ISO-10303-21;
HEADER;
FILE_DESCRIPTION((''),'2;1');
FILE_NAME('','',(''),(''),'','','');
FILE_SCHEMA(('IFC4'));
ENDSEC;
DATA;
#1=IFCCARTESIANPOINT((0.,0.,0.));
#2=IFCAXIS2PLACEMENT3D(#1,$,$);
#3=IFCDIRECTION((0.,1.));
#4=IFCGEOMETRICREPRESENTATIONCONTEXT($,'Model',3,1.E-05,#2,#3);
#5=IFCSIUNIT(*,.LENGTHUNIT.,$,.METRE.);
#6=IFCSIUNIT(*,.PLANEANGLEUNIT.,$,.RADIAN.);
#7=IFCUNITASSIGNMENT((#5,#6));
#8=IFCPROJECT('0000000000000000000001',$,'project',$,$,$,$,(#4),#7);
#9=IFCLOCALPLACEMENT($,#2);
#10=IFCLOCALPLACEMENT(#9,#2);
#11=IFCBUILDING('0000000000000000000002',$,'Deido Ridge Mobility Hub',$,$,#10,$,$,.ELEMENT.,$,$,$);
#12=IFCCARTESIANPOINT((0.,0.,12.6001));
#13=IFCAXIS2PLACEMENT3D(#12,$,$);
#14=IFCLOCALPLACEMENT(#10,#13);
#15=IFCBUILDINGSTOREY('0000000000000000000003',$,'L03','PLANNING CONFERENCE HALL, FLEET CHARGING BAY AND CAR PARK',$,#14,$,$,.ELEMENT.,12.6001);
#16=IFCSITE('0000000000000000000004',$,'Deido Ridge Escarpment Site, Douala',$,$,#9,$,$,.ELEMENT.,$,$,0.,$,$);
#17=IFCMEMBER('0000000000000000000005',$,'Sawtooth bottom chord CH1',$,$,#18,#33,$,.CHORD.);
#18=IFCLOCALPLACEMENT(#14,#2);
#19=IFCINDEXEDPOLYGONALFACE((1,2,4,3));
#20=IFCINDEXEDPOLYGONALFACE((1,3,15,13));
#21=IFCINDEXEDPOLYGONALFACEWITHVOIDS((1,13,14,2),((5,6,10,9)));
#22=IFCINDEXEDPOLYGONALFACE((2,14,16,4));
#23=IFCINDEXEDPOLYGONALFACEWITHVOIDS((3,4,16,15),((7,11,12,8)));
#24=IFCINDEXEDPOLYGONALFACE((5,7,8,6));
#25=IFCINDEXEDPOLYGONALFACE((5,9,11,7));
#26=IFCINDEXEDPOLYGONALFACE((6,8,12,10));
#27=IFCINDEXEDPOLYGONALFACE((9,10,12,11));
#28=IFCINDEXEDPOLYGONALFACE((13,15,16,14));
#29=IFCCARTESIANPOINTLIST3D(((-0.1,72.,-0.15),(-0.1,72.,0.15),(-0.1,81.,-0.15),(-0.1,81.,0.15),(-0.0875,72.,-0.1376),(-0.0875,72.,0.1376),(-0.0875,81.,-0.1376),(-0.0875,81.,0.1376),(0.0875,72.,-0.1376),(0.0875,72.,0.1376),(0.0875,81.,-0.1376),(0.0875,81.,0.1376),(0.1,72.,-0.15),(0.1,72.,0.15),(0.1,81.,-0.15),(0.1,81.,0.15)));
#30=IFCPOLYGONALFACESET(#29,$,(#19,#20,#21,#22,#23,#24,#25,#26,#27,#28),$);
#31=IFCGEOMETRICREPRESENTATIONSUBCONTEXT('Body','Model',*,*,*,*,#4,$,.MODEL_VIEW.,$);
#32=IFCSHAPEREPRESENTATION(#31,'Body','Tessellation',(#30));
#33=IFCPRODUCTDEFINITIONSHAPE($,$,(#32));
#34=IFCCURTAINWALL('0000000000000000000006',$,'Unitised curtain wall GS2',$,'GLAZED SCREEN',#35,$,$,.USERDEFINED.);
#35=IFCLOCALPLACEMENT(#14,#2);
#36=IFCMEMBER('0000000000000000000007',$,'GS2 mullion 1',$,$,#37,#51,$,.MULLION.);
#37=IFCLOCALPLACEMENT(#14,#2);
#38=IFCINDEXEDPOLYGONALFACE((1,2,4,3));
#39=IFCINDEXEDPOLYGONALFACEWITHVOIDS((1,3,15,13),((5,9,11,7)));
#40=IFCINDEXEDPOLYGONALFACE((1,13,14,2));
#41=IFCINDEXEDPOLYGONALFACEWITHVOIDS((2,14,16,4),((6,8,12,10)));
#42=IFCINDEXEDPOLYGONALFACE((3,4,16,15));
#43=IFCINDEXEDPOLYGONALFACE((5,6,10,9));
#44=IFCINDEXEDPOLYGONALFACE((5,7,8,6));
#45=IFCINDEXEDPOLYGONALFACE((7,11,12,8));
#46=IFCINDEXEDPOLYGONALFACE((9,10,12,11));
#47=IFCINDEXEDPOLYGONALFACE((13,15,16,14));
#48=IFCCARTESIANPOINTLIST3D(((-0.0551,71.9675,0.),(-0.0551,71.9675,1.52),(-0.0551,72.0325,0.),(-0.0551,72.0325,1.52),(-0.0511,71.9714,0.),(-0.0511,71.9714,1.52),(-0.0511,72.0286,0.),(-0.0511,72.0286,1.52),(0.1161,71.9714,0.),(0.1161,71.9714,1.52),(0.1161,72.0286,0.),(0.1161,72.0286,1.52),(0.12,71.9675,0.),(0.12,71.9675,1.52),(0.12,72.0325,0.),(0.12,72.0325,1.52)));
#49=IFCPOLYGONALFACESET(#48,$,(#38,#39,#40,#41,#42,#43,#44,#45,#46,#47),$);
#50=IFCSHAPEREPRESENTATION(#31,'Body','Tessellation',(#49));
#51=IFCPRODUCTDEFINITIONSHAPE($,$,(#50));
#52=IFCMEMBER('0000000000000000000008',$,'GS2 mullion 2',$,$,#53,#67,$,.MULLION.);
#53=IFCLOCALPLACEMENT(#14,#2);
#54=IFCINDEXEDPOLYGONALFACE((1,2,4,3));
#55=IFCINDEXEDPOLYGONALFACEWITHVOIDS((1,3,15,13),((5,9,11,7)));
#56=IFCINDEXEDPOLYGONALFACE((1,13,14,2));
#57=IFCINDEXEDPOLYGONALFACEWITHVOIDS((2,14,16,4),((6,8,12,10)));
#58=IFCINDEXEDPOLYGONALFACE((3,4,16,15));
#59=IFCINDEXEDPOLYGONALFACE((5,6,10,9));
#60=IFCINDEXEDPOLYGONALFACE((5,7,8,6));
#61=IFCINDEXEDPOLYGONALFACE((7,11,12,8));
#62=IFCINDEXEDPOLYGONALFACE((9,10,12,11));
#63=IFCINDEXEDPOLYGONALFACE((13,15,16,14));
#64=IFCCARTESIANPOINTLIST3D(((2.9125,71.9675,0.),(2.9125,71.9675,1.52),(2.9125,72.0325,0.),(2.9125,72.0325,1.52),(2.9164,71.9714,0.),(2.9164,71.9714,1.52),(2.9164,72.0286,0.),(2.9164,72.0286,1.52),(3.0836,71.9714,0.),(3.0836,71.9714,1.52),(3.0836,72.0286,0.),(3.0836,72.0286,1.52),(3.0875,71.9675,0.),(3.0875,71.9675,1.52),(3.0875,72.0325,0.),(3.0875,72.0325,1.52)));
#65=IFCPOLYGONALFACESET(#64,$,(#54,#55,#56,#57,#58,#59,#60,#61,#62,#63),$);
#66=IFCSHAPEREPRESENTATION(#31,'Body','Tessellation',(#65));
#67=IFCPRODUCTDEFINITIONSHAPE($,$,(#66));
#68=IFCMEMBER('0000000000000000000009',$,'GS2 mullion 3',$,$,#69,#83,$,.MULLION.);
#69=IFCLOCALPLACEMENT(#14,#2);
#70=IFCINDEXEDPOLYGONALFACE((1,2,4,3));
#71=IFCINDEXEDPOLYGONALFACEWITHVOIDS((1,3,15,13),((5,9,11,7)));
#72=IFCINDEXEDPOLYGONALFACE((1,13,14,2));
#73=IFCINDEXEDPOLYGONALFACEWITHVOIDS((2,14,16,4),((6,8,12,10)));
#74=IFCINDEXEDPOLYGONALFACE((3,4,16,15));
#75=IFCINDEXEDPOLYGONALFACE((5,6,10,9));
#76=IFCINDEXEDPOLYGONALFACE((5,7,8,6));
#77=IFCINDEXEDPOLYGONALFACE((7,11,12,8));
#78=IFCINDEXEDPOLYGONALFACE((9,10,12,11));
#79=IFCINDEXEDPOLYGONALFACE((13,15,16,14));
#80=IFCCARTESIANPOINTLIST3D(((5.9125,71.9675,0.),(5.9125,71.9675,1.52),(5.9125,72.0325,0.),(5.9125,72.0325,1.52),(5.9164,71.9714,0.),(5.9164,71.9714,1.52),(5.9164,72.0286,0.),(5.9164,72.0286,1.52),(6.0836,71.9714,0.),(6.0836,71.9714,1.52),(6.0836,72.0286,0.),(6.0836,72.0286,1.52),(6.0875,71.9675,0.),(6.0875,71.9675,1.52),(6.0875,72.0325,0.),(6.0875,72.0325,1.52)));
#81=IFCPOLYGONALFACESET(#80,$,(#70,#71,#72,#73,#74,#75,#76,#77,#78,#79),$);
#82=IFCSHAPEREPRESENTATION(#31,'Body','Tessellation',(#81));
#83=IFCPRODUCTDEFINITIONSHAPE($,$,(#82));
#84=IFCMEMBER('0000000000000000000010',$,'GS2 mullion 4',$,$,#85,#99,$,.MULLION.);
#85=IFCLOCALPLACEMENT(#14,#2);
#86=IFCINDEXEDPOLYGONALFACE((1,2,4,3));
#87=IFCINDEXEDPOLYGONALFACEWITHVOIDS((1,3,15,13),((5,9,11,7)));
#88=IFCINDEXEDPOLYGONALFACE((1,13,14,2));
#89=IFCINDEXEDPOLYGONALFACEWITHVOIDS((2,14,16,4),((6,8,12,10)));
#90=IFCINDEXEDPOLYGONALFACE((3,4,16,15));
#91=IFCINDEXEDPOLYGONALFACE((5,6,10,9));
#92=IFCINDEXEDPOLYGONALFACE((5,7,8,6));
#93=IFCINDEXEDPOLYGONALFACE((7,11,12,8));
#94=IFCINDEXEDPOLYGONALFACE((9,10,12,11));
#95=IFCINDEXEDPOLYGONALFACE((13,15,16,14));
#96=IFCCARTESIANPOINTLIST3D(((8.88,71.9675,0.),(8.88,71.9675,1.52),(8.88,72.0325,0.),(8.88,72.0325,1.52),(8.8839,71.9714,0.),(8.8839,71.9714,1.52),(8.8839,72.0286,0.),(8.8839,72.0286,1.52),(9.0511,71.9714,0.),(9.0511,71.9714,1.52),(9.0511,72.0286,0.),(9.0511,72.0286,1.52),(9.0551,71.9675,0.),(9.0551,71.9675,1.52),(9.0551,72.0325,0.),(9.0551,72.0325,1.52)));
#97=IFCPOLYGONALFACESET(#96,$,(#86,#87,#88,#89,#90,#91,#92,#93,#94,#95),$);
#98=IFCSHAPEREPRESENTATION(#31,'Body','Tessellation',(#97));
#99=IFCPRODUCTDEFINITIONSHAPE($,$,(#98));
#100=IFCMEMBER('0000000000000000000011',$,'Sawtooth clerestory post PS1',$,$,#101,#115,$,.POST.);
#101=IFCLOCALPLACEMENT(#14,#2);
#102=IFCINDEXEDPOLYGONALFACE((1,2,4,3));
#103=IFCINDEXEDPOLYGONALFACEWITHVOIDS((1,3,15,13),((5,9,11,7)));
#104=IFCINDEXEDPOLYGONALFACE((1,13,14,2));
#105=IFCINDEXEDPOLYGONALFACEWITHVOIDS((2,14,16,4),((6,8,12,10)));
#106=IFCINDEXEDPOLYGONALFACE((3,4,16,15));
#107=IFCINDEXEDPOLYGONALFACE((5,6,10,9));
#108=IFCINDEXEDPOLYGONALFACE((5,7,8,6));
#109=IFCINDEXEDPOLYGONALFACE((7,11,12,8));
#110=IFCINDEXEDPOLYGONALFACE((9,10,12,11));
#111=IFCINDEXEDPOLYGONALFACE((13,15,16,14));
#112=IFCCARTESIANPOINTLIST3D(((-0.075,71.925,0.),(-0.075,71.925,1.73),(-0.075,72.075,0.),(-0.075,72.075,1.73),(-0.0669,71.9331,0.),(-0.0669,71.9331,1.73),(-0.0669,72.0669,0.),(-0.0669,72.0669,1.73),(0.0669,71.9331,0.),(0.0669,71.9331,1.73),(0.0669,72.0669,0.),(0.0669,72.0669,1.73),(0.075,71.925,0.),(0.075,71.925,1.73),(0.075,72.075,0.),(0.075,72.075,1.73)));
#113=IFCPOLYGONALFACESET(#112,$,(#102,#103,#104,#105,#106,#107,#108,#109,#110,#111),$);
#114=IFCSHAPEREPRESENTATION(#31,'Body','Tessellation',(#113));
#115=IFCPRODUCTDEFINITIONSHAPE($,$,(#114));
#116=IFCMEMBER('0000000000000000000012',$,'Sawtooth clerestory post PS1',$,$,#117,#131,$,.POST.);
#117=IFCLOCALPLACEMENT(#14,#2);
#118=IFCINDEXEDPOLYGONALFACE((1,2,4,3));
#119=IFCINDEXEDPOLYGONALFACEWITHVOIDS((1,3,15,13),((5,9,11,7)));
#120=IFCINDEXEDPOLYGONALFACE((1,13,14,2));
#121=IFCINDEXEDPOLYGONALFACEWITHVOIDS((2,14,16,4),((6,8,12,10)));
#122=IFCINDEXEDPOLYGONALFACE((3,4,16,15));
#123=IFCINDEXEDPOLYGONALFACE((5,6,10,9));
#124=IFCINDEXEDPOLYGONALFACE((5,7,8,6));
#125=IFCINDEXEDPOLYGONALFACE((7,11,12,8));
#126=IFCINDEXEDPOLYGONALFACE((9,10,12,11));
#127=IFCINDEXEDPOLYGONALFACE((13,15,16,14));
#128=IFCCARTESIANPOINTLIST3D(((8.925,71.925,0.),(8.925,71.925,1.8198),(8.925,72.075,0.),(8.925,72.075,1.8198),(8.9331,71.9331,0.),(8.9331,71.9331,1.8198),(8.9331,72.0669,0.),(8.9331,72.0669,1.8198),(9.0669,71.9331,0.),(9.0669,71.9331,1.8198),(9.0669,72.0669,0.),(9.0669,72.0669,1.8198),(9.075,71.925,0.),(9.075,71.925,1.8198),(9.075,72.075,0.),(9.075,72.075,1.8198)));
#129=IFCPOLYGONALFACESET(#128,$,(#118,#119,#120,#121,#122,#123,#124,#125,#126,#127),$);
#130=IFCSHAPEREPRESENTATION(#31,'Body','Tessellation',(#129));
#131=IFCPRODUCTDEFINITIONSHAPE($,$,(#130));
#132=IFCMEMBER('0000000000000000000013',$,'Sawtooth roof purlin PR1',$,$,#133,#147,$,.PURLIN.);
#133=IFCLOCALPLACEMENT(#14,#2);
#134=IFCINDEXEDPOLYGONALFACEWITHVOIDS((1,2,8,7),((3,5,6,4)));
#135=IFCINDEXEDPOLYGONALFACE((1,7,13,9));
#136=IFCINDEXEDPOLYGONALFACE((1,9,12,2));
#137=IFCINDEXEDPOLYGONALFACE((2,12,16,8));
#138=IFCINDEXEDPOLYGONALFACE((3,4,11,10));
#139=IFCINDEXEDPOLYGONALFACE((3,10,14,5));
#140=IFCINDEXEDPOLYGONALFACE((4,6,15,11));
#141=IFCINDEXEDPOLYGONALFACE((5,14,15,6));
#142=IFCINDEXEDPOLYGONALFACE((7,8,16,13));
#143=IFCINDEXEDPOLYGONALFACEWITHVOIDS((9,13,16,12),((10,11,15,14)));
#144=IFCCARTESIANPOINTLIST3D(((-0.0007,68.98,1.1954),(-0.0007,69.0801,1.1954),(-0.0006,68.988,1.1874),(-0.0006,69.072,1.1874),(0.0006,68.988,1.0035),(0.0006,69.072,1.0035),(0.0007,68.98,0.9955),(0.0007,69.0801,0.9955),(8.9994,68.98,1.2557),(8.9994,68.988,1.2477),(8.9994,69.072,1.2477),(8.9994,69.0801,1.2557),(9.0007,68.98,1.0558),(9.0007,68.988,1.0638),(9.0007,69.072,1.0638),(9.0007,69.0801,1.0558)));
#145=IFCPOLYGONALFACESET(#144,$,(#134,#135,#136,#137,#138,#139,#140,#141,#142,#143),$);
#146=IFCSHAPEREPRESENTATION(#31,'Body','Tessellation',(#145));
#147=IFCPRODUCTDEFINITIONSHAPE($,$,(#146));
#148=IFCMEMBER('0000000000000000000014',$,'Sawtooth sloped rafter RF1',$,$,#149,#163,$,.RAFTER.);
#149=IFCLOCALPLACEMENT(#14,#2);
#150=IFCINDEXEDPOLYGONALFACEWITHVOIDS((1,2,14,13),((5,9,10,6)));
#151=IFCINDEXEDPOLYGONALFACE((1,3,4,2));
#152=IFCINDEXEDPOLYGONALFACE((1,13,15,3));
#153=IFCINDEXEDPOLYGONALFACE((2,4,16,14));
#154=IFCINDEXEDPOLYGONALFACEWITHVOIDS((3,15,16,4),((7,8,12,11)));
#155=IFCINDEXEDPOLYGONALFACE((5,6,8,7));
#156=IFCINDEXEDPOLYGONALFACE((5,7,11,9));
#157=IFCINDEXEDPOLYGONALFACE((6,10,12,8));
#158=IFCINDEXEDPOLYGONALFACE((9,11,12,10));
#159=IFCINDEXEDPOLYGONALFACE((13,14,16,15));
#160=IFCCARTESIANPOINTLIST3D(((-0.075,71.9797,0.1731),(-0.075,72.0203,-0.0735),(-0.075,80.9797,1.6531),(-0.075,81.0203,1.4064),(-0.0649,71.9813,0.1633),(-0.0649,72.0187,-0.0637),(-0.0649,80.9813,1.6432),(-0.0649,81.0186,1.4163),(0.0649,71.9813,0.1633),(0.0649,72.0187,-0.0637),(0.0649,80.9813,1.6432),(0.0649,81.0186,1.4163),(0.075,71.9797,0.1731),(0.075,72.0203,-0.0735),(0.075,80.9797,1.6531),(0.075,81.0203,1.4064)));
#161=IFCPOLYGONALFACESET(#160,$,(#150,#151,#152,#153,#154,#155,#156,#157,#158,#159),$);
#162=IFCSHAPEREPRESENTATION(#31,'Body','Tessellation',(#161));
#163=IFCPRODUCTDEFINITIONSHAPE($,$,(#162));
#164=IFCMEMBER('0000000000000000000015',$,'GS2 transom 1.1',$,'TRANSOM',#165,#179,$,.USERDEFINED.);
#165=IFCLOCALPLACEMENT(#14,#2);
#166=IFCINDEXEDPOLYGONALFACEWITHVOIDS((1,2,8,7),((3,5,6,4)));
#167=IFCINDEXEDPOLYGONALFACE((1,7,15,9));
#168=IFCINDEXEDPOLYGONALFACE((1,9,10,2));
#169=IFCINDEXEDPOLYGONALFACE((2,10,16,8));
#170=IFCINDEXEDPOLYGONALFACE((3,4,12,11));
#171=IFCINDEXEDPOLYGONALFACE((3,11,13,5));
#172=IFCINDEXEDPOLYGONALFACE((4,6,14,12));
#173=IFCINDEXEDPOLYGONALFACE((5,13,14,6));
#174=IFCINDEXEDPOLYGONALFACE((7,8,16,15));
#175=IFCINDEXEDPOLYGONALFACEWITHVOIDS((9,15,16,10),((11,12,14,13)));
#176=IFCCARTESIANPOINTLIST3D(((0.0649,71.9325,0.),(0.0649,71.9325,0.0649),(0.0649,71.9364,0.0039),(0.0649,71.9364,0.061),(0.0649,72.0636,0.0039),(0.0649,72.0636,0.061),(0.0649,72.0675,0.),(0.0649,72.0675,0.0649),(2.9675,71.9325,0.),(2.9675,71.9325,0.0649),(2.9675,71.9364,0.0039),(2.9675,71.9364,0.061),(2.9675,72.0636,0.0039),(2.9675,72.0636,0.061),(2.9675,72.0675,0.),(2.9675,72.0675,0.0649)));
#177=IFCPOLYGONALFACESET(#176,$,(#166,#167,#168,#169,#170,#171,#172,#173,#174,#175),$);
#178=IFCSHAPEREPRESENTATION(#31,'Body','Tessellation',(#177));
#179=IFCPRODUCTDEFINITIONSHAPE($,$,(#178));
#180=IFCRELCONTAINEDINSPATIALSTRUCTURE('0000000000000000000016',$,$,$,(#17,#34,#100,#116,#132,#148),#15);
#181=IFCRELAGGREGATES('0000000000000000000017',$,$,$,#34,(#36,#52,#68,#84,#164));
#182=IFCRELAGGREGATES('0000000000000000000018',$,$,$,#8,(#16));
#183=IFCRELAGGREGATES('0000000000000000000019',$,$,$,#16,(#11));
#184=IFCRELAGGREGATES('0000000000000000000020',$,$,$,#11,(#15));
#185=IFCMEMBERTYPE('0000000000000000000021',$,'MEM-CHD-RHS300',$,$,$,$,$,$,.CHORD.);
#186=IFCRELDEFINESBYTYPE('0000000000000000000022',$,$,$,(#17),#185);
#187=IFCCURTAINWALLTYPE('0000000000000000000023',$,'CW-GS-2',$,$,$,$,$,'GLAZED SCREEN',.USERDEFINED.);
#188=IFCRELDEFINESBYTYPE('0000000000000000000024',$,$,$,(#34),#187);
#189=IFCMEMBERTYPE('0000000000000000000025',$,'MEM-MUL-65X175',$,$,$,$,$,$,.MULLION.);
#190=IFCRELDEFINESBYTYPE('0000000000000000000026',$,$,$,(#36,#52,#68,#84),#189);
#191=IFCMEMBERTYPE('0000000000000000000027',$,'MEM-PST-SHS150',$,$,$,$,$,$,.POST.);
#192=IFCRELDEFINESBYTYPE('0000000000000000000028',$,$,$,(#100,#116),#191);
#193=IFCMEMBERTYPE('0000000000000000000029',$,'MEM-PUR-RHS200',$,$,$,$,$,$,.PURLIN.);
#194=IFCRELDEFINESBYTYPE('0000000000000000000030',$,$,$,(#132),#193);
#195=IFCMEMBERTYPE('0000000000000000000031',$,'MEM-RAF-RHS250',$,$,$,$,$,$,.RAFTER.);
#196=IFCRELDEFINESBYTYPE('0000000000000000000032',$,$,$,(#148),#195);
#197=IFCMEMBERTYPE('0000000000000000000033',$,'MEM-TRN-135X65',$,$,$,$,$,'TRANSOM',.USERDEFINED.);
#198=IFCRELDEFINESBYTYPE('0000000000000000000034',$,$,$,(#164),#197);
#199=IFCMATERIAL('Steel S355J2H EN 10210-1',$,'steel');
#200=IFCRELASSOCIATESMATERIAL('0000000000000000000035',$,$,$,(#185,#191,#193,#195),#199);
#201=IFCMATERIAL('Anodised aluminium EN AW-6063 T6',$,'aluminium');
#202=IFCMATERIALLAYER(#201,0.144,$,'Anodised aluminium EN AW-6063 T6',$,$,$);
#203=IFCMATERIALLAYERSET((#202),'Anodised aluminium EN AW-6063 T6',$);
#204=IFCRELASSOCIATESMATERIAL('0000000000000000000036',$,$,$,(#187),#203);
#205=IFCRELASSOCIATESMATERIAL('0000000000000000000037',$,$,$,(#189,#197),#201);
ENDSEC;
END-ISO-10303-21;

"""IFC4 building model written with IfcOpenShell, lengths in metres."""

from ifc_helpers import new_model, si_unit, direction, frame, origin, origin_2d, place, context, subcontext, project, spatial, hollow_rectangle, extrude, material, layer, layer_set, material_profile, profile_set, type_object, element, aggregate, save


model = new_model("IFC4")

# Units and contexts
model_context = context("Model", 3, precision=1e-05, world=origin(), true_north=direction((0.0, 1.0)))
body_context = subcontext(model_context, "Body", "Model", "MODEL_VIEW")
ifc_project = project(units=[si_unit("LENGTHUNIT", "METRE"), si_unit("PLANEANGLEUNIT", "RADIAN")], contexts=[model_context])

# Site, building, storey
site_placement = place(None, origin())
site = spatial("IfcSite", under=ifc_project, at=site_placement, Name="Deido Ridge Escarpment Site, Douala", CompositionType="ELEMENT", RefElevation=0.0)
building_placement = place(site_placement, origin())
building = spatial("IfcBuilding", under=site, at=building_placement, Name="Deido Ridge Mobility Hub", CompositionType="ELEMENT")
storey_placement = place(building_placement, frame((0.0, 0.0, 12.6001)))
storey = spatial("IfcBuildingStorey", under=building, at=storey_placement, Name="L03", Description="PLANNING CONFERENCE HALL, FLEET CHARGING BAY AND CAR PARK", CompositionType="ELEMENT", Elevation=12.6001)

# Member
ifc_material_1 = material(Name="Steel S355J2H EN 10210-1", Category="steel")
ifc_material_profile_1 = material_profile(ifc_material_1, hollow_rectangle(XDim=0.2, YDim=0.3, WallThickness=0.0125, at=origin_2d()), Name="RHS 300x200x12.5")
ifc_profile_set_1 = profile_set([ifc_material_profile_1], Name="Steel S355J2H EN 10210-1")
member_type_1 = type_object("IfcMemberType", Name="MEM-CHD-RHS300", PredefinedType="CHORD", material=ifc_profile_set_1)
member_1_placement = place(storey_placement, frame((0.0, 72.0, 0.0), z_axis=(0.0, 1.0, 0.0), x_axis=(-1.0, 0.0, 0.0)))
element("IfcMember", 1, at=member_1_placement, inside=storey, type_object=member_type_1, Name="Sawtooth bottom chord CH1", PredefinedType="CHORD", context=body_context, shape_type="SweptSolid", body=[
    extrude(hollow_rectangle(XDim=0.2, YDim=0.3, WallThickness=0.0125, at=origin_2d()), origin(), (0.0, 0.0, 1.0), 9.0),
])

# Curtain wall, members
ifc_material_2 = material(Name="Anodised aluminium EN AW-6063 T6", Category="aluminium")
ifc_layer_1 = layer(ifc_material_2, 0.144, Name="Anodised aluminium EN AW-6063 T6")
ifc_layer_set_1 = layer_set([ifc_layer_1], Name="Anodised aluminium EN AW-6063 T6")
curtain_wall_type = type_object("IfcCurtainWallType", Name="CW-GS-2", ElementType="GLAZED SCREEN", PredefinedType="USERDEFINED", material=ifc_layer_set_1)
curtain_wall_placement = place(storey_placement, origin())
curtain_wall = element("IfcCurtainWall", 2, at=curtain_wall_placement, inside=storey, type_object=curtain_wall_type, Name="Unitised curtain wall GS2", ObjectType="GLAZED SCREEN", PredefinedType="USERDEFINED")
ifc_material_profile_2 = material_profile(ifc_material_2, hollow_rectangle(XDim=0.0649, YDim=0.175, WallThickness=0.0039, at=origin_2d()), Name="RHS 65x175x4")
ifc_profile_set_2 = profile_set([ifc_material_profile_2], Name="Anodised aluminium EN AW-6063 T6")
member_type_2 = type_object("IfcMemberType", Name="MEM-MUL-65X175", PredefinedType="MULLION", material=ifc_profile_set_2)
member_2_placement = place(storey_placement, frame((0.0325, 72.0, 0.0), z_axis=(0.0, 0.0, 1.0), x_axis=(0.0, 1.0, 0.0)))
member_2 = element("IfcMember", 3, at=member_2_placement, type_object=member_type_2, Name="GS2 mullion 1", PredefinedType="MULLION", context=body_context, shape_type="SweptSolid", body=[
    extrude(hollow_rectangle(XDim=0.0649, YDim=0.175, WallThickness=0.0039, at=origin_2d()), origin(), (0.0, 0.0, 1.0), 1.52),
])
member_3_placement = place(storey_placement, frame((3.0, 72.0, 0.0), z_axis=(0.0, 0.0, 1.0), x_axis=(0.0, 1.0, 0.0)))
member_3 = element("IfcMember", 4, at=member_3_placement, type_object=member_type_2, Name="GS2 mullion 2", PredefinedType="MULLION", context=body_context, shape_type="SweptSolid", body=[
    extrude(hollow_rectangle(XDim=0.0649, YDim=0.175, WallThickness=0.0039, at=origin_2d()), origin(), (0.0, 0.0, 1.0), 1.52),
])
member_4_placement = place(storey_placement, frame((6.0, 72.0, 0.0), z_axis=(0.0, 0.0, 1.0), x_axis=(0.0, 1.0, 0.0)))
member_4 = element("IfcMember", 5, at=member_4_placement, type_object=member_type_2, Name="GS2 mullion 3", PredefinedType="MULLION", context=body_context, shape_type="SweptSolid", body=[
    extrude(hollow_rectangle(XDim=0.0649, YDim=0.175, WallThickness=0.0039, at=origin_2d()), origin(), (0.0, 0.0, 1.0), 1.52),
])
member_5_placement = place(storey_placement, frame((8.9675, 72.0, 0.0), z_axis=(0.0, 0.0, 1.0), x_axis=(0.0, 1.0, 0.0)))
member_5 = element("IfcMember", 6, at=member_5_placement, type_object=member_type_2, Name="GS2 mullion 4", PredefinedType="MULLION", context=body_context, shape_type="SweptSolid", body=[
    extrude(hollow_rectangle(XDim=0.0649, YDim=0.175, WallThickness=0.0039, at=origin_2d()), origin(), (0.0, 0.0, 1.0), 1.52),
])

# Members
ifc_material_profile_3 = material_profile(ifc_material_1, hollow_rectangle(XDim=0.1499, YDim=0.1499, WallThickness=0.0081, at=origin_2d()), Name="SHS 150x150x8")
ifc_profile_set_3 = profile_set([ifc_material_profile_3], Name="Steel S355J2H EN 10210-1")
member_type_3 = type_object("IfcMemberType", Name="MEM-PST-SHS150", PredefinedType="POST", material=ifc_profile_set_3)
member_6_placement = place(storey_placement, frame((0.0, 72.0, 0.0), z_axis=(0.0, 0.0, 1.0), x_axis=(1.0, 0.0, 0.0)))
element("IfcMember", 7, at=member_6_placement, inside=storey, type_object=member_type_3, Name="Sawtooth clerestory post PS1", PredefinedType="POST", context=body_context, shape_type="SweptSolid", body=[
    extrude(hollow_rectangle(XDim=0.1499, YDim=0.1499, WallThickness=0.0081, at=origin_2d()), origin(), (0.0, 0.0, 1.0), 1.73),
])
member_7_placement = place(storey_placement, frame((9.0, 72.0, 0.0), z_axis=(0.0, 0.0, 1.0), x_axis=(1.0, 0.0, 0.0)))
element("IfcMember", 8, at=member_7_placement, inside=storey, type_object=member_type_3, Name="Sawtooth clerestory post PS1", PredefinedType="POST", context=body_context, shape_type="SweptSolid", body=[
    extrude(hollow_rectangle(XDim=0.1499, YDim=0.1499, WallThickness=0.0081, at=origin_2d()), origin(), (0.0, 0.0, 1.0), 1.8198),
])
ifc_material_profile_4 = material_profile(ifc_material_1, hollow_rectangle(XDim=0.1001, YDim=0.2, WallThickness=0.0081, at=origin_2d()), Name="RHS 200x100x8")
ifc_profile_set_4 = profile_set([ifc_material_profile_4], Name="Steel S355J2H EN 10210-1")
member_type_4 = type_object("IfcMemberType", Name="MEM-PUR-RHS200", PredefinedType="PURLIN", material=ifc_profile_set_4)
member_8_placement = place(storey_placement, frame((0.0, 69.03, 1.0955), z_axis=(0.999978, 0.0, 0.0067), x_axis=(0.0, 1.0, 0.0)))
element("IfcMember", 9, at=member_8_placement, inside=storey, type_object=member_type_4, Name="Sawtooth roof purlin PR1", PredefinedType="PURLIN", context=body_context, shape_type="SweptSolid", body=[
    extrude(hollow_rectangle(XDim=0.1001, YDim=0.2, WallThickness=0.0081, at=origin_2d()), origin(), (0.0, 0.0, 1.0), 9.0002),
])
ifc_material_profile_5 = material_profile(ifc_material_1, hollow_rectangle(XDim=0.1499, YDim=0.25, WallThickness=0.01, at=origin_2d()), Name="RHS 250x150x10")
ifc_profile_set_5 = profile_set([ifc_material_profile_5], Name="Steel S355J2H EN 10210-1")
member_type_5 = type_object("IfcMemberType", Name="MEM-RAF-RHS250", PredefinedType="RAFTER", material=ifc_profile_set_5)
member_9_placement = place(storey_placement, frame((0.0, 72.0, 0.0498), z_axis=(0.0, 0.986748, 0.162263), x_axis=(-1.0, 0.0, 0.0)))
element("IfcMember", 10, at=member_9_placement, inside=storey, type_object=member_type_5, Name="Sawtooth sloped rafter RF1", PredefinedType="RAFTER", context=body_context, shape_type="SweptSolid", body=[
    extrude(hollow_rectangle(XDim=0.1499, YDim=0.25, WallThickness=0.01, at=origin_2d()), origin(), (0.0, 0.0, 1.0), 9.1208),
])

# Member
ifc_material_profile_6 = material_profile(ifc_material_2, hollow_rectangle(XDim=0.135, YDim=0.0649, WallThickness=0.0039, at=origin_2d()), Name="RHS 135x65x4")
ifc_profile_set_6 = profile_set([ifc_material_profile_6], Name="Anodised aluminium EN AW-6063 T6")
member_type_6 = type_object("IfcMemberType", Name="MEM-TRN-135X65", ElementType="TRANSOM", PredefinedType="USERDEFINED", material=ifc_profile_set_6)
member_10_placement = place(storey_placement, frame((0.0649, 72.0, 0.0325), z_axis=(1.0, 0.0, 0.0), x_axis=(0.0, 1.0, 0.0)))
member_10 = element("IfcMember", 11, at=member_10_placement, type_object=member_type_6, Name="GS2 transom 1.1", ObjectType="TRANSOM", PredefinedType="USERDEFINED", context=body_context, shape_type="SweptSolid", body=[
    extrude(hollow_rectangle(XDim=0.135, YDim=0.0649, WallThickness=0.0039, at=origin_2d()), origin(), (0.0, 0.0, 1.0), 2.9026),
])

aggregate(curtain_wall, [member_2, member_3, member_4, member_5, member_10])

save(model, "model.ifc")
